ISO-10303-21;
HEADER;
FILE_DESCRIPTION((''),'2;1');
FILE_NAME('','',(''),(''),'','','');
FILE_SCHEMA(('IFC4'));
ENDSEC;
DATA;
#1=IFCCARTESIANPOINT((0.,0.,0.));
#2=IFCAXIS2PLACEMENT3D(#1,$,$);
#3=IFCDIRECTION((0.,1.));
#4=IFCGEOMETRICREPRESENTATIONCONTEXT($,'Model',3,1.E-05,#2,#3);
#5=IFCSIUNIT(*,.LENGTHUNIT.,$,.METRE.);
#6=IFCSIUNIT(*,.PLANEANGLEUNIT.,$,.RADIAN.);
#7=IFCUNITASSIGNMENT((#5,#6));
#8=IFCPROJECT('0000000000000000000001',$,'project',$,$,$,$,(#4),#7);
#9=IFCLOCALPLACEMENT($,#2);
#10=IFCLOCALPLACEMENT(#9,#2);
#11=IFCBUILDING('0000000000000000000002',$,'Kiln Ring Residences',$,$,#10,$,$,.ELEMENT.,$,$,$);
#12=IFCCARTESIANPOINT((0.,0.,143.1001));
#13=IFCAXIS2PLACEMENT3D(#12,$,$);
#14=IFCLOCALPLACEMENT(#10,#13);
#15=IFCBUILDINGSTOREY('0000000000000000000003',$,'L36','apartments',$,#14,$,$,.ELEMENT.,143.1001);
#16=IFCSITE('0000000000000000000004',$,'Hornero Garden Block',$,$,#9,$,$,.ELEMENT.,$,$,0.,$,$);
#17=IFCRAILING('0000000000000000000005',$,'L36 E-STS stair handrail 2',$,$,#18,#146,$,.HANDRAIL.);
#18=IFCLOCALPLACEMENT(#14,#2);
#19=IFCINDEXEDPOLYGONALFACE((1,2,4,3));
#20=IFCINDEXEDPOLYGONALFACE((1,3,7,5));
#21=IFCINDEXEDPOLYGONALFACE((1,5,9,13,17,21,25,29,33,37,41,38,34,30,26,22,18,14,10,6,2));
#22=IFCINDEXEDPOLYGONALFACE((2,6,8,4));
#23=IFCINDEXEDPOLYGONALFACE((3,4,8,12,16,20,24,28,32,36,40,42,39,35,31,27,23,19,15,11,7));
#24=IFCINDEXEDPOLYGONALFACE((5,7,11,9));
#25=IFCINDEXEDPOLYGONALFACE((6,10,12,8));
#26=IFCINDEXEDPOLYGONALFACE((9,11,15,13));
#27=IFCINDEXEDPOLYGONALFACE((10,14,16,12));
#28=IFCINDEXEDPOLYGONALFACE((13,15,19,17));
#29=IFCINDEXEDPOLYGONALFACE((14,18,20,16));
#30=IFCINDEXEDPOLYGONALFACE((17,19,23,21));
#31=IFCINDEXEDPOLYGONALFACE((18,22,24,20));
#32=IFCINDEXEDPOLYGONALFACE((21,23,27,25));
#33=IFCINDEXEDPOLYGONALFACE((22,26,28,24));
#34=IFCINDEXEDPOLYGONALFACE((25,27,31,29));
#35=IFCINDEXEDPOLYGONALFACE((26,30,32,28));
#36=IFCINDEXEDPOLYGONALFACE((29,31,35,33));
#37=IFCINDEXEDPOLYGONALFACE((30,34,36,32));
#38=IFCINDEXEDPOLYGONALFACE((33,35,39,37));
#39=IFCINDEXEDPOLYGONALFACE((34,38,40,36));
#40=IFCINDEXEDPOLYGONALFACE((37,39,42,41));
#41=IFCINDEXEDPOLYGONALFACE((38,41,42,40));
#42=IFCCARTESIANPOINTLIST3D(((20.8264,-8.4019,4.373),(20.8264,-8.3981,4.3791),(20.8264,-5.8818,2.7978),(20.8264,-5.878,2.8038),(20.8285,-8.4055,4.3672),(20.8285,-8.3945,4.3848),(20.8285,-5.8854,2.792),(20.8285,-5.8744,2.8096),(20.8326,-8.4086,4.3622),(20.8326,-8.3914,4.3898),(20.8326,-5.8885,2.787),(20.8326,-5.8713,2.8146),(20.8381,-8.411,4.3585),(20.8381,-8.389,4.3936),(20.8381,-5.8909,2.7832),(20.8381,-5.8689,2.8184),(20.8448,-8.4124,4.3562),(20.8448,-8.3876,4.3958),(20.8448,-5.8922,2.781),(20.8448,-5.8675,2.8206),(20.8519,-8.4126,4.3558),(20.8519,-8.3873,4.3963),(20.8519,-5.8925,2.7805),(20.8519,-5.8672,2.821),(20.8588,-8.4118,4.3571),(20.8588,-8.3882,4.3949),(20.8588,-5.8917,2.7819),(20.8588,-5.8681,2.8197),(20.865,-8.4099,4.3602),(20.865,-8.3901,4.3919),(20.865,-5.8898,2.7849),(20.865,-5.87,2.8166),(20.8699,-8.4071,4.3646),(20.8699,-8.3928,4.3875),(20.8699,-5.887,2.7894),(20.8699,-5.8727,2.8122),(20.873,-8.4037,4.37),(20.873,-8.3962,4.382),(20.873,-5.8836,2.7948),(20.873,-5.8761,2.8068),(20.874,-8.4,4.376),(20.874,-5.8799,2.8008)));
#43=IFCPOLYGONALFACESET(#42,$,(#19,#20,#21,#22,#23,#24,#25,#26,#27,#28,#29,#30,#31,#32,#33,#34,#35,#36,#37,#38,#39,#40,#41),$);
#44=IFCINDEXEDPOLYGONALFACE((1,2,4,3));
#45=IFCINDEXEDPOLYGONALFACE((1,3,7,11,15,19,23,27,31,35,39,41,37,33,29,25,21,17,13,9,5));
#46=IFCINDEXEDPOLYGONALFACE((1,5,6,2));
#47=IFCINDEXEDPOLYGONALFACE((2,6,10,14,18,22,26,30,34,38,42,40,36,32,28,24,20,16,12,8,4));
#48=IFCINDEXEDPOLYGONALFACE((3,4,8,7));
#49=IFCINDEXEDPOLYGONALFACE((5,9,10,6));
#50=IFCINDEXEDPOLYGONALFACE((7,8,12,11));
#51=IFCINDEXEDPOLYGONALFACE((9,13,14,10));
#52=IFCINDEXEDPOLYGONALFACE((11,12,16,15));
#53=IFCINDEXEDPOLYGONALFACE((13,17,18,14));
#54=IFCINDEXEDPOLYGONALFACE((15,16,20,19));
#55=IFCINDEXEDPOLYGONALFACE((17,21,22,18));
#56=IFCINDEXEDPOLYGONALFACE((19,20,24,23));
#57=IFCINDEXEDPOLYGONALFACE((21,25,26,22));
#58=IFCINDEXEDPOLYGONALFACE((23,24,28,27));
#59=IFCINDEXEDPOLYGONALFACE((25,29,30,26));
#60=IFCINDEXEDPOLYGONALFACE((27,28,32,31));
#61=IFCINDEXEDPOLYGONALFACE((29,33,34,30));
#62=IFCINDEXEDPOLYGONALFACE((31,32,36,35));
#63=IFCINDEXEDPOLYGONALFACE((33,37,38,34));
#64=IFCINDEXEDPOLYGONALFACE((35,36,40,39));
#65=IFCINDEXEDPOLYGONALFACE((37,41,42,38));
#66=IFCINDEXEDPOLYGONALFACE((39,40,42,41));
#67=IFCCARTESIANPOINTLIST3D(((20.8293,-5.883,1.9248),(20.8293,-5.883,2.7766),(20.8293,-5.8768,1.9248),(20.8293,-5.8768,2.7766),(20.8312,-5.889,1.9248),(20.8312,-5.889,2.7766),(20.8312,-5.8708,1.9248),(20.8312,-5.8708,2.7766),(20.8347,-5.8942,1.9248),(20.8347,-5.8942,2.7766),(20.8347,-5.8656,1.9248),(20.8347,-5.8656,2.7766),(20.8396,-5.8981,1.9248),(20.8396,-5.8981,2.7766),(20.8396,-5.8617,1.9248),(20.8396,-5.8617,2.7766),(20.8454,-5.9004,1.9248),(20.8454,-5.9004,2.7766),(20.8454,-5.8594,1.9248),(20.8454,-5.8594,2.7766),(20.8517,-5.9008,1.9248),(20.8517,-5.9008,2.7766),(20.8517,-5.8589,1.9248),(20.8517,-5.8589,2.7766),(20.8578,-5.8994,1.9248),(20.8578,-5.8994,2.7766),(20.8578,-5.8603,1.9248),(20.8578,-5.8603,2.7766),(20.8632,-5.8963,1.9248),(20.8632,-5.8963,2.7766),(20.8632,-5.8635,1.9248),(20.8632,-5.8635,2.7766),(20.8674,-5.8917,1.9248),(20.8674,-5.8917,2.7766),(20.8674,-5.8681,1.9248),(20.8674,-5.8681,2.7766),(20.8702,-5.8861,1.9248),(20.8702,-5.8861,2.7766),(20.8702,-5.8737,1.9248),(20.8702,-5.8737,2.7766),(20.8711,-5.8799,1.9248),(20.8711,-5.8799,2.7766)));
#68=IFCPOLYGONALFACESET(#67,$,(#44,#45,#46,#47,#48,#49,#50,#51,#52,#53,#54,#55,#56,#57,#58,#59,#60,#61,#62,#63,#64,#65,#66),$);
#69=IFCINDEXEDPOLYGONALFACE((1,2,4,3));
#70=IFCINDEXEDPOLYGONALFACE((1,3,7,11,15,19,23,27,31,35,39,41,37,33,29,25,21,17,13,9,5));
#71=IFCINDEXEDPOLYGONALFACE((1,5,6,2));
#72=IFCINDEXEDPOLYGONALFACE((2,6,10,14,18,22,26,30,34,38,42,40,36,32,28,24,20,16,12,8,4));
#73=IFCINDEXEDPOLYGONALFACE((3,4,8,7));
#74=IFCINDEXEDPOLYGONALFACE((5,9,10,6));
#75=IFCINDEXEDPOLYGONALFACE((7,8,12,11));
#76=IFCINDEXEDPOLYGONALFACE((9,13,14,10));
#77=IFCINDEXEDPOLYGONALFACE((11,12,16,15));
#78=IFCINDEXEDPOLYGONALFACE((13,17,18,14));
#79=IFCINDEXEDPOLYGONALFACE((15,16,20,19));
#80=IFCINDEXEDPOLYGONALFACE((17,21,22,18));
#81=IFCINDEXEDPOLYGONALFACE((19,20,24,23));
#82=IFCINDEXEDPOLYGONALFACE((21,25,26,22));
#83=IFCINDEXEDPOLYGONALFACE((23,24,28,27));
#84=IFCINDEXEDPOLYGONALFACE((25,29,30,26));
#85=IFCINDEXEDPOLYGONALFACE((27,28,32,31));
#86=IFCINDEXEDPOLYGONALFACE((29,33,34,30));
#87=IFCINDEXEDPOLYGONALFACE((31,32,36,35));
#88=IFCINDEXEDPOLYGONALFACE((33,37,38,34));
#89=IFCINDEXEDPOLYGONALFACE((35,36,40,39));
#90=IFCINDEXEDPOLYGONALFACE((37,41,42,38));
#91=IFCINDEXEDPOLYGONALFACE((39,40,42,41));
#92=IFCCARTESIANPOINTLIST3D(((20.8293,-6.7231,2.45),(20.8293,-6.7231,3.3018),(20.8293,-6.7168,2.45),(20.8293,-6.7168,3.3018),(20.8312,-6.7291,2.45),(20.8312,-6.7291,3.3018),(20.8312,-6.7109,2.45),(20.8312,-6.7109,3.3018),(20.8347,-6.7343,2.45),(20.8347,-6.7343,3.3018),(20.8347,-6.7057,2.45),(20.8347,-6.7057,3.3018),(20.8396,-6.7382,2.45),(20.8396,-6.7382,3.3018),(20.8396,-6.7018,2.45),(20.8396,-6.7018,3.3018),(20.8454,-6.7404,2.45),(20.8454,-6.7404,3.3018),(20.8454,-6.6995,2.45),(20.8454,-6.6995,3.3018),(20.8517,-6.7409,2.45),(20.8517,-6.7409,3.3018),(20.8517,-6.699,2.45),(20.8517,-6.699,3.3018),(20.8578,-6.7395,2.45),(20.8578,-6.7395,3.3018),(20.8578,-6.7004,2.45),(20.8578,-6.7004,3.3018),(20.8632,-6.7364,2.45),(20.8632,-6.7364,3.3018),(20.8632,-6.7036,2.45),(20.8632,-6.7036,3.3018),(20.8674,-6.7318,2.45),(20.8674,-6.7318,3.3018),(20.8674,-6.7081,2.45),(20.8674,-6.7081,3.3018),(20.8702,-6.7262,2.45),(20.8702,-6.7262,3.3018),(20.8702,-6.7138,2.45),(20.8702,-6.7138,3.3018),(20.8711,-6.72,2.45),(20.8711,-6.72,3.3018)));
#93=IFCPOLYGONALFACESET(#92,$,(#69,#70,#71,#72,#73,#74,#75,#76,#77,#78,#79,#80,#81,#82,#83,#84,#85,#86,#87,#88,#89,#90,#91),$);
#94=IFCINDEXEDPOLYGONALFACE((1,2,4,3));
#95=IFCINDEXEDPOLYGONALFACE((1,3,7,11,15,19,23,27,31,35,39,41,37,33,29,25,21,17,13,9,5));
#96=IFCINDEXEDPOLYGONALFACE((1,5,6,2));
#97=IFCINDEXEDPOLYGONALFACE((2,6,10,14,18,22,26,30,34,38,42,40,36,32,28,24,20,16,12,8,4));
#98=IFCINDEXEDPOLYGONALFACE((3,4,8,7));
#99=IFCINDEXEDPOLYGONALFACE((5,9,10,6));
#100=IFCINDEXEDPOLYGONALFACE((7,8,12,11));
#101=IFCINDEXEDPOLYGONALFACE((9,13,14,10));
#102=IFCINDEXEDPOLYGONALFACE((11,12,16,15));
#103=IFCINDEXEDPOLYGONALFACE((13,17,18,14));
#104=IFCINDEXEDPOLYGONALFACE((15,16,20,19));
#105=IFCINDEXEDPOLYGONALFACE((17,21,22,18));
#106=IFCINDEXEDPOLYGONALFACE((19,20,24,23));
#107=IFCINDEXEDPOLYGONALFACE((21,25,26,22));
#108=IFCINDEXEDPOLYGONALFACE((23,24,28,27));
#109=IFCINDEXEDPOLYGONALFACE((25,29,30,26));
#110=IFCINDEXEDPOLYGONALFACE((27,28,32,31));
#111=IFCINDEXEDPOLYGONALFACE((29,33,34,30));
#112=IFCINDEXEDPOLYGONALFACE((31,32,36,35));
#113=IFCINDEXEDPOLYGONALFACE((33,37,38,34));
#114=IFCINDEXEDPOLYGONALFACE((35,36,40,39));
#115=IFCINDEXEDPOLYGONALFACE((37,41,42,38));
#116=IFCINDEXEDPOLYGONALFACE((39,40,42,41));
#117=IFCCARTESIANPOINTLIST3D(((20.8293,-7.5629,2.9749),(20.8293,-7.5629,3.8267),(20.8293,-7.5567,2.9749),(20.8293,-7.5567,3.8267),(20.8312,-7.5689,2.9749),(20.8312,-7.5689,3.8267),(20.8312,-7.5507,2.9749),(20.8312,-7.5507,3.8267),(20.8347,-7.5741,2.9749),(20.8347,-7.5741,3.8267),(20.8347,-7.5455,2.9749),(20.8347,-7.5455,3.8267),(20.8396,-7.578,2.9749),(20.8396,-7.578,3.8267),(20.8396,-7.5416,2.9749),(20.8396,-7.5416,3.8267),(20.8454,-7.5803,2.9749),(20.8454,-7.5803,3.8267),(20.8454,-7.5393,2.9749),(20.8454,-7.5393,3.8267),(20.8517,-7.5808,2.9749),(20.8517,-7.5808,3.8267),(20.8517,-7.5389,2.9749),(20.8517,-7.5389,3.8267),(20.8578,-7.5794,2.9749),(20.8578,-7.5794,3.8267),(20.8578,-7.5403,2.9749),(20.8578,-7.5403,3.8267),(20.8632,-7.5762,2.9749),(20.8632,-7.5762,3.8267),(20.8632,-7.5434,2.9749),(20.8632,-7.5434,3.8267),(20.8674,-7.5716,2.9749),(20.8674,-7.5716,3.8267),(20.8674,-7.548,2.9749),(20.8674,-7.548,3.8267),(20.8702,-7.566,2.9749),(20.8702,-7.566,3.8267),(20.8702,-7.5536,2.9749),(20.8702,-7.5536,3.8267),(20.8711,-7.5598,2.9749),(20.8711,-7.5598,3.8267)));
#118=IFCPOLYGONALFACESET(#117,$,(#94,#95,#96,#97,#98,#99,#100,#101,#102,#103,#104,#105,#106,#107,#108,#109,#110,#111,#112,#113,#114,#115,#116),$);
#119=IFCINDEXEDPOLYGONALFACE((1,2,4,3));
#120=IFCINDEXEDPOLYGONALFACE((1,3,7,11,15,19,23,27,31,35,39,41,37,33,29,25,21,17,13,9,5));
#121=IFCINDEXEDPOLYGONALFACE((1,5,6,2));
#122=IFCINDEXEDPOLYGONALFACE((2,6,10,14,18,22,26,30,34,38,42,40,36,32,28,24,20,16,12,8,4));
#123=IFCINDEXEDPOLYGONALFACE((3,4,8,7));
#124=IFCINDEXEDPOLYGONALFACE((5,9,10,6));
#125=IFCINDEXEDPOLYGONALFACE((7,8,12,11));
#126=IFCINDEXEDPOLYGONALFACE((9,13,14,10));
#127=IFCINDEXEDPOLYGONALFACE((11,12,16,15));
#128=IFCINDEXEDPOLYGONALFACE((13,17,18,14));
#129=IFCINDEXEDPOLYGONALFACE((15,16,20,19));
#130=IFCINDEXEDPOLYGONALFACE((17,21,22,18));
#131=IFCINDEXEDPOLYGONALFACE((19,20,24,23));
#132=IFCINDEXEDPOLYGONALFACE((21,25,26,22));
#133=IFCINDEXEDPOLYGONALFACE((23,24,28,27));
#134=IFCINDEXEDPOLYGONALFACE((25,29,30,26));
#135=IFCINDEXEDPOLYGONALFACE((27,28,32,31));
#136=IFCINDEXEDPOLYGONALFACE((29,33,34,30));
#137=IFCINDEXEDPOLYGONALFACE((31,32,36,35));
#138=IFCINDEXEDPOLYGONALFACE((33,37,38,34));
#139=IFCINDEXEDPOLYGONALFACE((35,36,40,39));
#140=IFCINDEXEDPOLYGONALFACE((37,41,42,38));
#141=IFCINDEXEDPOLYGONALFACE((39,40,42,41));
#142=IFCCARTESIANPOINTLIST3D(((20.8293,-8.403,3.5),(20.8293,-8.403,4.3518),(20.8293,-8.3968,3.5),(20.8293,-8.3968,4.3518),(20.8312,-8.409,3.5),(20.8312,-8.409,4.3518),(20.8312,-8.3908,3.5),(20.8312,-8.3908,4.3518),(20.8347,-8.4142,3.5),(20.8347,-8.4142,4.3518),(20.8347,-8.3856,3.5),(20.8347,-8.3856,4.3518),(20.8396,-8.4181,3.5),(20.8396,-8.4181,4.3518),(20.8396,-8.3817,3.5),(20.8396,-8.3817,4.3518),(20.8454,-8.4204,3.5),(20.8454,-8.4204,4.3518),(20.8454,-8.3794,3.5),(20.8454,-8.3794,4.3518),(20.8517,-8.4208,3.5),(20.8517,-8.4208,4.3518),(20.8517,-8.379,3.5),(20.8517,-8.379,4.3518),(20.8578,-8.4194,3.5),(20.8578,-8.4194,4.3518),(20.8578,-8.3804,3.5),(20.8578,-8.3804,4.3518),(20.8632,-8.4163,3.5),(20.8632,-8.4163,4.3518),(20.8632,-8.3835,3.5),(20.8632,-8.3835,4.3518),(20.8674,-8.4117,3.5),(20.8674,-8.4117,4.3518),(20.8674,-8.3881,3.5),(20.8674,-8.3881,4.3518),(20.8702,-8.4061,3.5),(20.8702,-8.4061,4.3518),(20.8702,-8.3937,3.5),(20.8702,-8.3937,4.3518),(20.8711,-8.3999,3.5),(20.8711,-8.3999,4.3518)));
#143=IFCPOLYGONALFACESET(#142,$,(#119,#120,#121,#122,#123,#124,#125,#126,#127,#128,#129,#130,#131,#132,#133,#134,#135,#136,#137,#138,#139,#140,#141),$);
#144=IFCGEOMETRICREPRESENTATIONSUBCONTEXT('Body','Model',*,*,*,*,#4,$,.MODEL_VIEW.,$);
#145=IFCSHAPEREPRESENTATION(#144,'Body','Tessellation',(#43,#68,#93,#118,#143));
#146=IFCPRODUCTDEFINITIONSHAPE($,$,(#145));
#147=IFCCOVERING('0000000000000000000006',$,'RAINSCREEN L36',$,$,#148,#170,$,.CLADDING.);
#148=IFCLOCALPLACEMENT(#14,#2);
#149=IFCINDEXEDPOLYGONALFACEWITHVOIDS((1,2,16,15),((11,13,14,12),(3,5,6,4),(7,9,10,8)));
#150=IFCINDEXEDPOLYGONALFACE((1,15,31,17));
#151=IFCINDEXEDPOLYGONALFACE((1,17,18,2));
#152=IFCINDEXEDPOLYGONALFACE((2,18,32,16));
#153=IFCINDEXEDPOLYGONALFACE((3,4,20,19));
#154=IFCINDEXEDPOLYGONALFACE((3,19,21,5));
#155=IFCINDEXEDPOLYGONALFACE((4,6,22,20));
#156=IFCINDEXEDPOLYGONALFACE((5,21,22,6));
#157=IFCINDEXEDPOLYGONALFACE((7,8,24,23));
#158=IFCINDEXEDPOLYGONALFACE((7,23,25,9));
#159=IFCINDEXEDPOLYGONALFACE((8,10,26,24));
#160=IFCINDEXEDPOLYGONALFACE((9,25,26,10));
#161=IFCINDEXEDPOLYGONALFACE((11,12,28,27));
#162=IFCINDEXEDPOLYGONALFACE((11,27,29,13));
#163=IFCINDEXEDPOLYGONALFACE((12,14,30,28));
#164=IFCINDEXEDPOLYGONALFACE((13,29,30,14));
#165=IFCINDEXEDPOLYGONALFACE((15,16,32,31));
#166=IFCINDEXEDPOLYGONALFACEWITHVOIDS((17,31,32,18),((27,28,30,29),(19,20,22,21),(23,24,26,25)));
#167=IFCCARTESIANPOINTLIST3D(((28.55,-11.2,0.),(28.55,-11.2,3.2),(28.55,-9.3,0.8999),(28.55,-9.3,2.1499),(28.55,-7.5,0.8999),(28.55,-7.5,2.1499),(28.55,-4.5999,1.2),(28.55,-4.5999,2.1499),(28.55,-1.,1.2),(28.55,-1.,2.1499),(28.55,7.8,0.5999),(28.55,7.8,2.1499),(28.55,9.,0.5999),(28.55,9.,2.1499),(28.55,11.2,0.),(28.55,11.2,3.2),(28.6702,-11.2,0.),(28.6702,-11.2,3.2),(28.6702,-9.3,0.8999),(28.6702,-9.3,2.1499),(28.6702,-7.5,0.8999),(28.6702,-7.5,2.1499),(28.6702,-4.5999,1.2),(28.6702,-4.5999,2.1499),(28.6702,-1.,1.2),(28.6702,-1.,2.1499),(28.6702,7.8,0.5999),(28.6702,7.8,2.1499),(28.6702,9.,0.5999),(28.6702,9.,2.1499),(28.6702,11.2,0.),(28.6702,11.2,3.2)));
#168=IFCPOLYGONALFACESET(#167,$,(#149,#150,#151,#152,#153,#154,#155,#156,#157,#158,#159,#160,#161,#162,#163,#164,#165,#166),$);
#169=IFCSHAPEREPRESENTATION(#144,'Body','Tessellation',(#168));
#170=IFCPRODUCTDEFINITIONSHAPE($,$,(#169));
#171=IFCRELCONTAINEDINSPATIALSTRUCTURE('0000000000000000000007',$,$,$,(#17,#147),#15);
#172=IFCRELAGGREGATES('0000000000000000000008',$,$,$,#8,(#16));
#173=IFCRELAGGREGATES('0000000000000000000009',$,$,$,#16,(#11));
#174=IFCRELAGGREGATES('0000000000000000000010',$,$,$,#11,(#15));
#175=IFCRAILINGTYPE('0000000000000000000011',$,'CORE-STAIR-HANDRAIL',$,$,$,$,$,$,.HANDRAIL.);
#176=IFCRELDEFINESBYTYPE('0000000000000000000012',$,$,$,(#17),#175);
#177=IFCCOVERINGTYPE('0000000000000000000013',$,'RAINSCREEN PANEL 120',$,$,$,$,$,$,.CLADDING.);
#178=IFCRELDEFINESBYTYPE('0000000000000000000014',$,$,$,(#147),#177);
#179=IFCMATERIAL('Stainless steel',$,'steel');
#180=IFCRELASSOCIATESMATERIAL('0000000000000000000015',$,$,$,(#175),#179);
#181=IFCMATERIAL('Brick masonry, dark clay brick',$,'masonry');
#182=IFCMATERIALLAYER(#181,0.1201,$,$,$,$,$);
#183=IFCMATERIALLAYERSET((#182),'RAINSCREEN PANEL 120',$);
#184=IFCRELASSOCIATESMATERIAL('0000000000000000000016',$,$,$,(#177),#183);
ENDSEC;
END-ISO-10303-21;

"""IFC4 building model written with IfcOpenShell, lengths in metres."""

from ifc_helpers import new_model, si_unit, direction, frame, origin, origin_2d, place, context, subcontext, project, spatial, polyline, circle, outline, extrude, material, layer, layer_set, type_object, element, save


model = new_model("IFC4")

# Units and contexts
model_context = context("Model", 3, precision=1e-05, world=origin(), true_north=direction((0.0, 1.0)))
body_context = subcontext(model_context, "Body", "Model", "MODEL_VIEW")
ifc_project = project(units=[si_unit("LENGTHUNIT", "METRE"), si_unit("PLANEANGLEUNIT", "RADIAN")], contexts=[model_context])

# Site, building, storey
site_placement = place(None, origin())
site = spatial("IfcSite", under=ifc_project, at=site_placement, Name="Hornero Garden Block", CompositionType="ELEMENT", RefElevation=0.0)
building_placement = place(site_placement, origin())
building = spatial("IfcBuilding", under=site, at=building_placement, Name="Kiln Ring Residences", CompositionType="ELEMENT")
storey_placement = place(building_placement, frame((0.0, 0.0, 143.1001)))
storey = spatial("IfcBuildingStorey", under=building, at=storey_placement, Name="L36", Description="apartments", CompositionType="ELEMENT", Elevation=143.1001)

# Railing
ifc_material_1 = material(Name="Stainless steel", Category="steel")
railing_type_1 = type_object("IfcRailingType", Name="CORE-STAIR-HANDRAIL", PredefinedType="HANDRAIL", material=ifc_material_1)
railing_1_placement = place(storey_placement, frame((20.8501, -5.8799, 1.9248)))
element("IfcRailing", 1, at=railing_1_placement, inside=storey, type_object=railing_type_1, Name="L36 E-STS stair handrail 2", PredefinedType="HANDRAIL", context=body_context, shape_type="SweptSolid", body=[
    extrude(circle(Radius=0.0239, at=origin_2d()), frame((0.0, 0.0, 0.876), z_axis=(0.0, -0.847971, 0.530043), x_axis=(1.0, 0.0, 0.0)), (0.0, 0.0, 1.0), 2.9719),
    extrude(circle(Radius=0.021, at=origin_2d()), origin(), (0.0, 0.0, 1.0), 0.8518),
    extrude(circle(Radius=0.021, at=origin_2d()), frame((0.0, -0.8401, 0.5251)), (0.0, 0.0, 1.0), 0.8518),
    extrude(circle(Radius=0.021, at=origin_2d()), frame((0.0, -1.6799, 1.05)), (0.0, 0.0, 1.0), 0.8518),
    extrude(circle(Radius=0.021, at=origin_2d()), frame((0.0, -2.52, 1.5752)), (0.0, 0.0, 1.0), 0.8518),
])

# Covering
ifc_material_2 = material(Name="Brick masonry, dark clay brick", Category="masonry")
ifc_layer_1 = layer(ifc_material_2, 0.1201)
ifc_layer_set_1 = layer_set([ifc_layer_1], Name="RAINSCREEN PANEL 120")
covering_type = type_object("IfcCoveringType", Name="RAINSCREEN PANEL 120", PredefinedType="CLADDING", material=ifc_layer_set_1)
covering_placement = place(storey_placement, frame((28.6101, -11.2, 0.0), z_axis=(0.0, 0.0, 1.0), x_axis=(0.0, 1.0, 0.0)))
element("IfcCovering", 2, at=covering_placement, inside=storey, type_object=covering_type, Name="RAINSCREEN L36", PredefinedType="CLADDING", context=body_context, shape_type="SweptSolid", body=[
    extrude(outline(polyline([(0.0, 0.0), (22.3999, 0.0), (22.3999, 3.2), (0.0, 3.2), (0.0, 0.0)]), holes=[polyline([(20.2, 2.1499), (19.0, 2.1499), (19.0, 0.5999), (20.2, 0.5999), (20.2, 2.1499)]), polyline([(3.7, 0.8999), (3.7, 2.1499), (1.8999, 2.1499), (1.8999, 0.8999), (3.7, 0.8999)]), polyline([(10.2, 1.2), (10.2, 2.1499), (6.6001, 2.1499), (6.6001, 1.2), (10.2, 1.2)])]), frame((0.0, 0.0601, 0.0), z_axis=(0.0, -1.0, 0.0), x_axis=(1.0, 0.0, 0.0)), (0.0, 0.0, 1.0), 0.1201),
])

save(model, "model.ifc")
